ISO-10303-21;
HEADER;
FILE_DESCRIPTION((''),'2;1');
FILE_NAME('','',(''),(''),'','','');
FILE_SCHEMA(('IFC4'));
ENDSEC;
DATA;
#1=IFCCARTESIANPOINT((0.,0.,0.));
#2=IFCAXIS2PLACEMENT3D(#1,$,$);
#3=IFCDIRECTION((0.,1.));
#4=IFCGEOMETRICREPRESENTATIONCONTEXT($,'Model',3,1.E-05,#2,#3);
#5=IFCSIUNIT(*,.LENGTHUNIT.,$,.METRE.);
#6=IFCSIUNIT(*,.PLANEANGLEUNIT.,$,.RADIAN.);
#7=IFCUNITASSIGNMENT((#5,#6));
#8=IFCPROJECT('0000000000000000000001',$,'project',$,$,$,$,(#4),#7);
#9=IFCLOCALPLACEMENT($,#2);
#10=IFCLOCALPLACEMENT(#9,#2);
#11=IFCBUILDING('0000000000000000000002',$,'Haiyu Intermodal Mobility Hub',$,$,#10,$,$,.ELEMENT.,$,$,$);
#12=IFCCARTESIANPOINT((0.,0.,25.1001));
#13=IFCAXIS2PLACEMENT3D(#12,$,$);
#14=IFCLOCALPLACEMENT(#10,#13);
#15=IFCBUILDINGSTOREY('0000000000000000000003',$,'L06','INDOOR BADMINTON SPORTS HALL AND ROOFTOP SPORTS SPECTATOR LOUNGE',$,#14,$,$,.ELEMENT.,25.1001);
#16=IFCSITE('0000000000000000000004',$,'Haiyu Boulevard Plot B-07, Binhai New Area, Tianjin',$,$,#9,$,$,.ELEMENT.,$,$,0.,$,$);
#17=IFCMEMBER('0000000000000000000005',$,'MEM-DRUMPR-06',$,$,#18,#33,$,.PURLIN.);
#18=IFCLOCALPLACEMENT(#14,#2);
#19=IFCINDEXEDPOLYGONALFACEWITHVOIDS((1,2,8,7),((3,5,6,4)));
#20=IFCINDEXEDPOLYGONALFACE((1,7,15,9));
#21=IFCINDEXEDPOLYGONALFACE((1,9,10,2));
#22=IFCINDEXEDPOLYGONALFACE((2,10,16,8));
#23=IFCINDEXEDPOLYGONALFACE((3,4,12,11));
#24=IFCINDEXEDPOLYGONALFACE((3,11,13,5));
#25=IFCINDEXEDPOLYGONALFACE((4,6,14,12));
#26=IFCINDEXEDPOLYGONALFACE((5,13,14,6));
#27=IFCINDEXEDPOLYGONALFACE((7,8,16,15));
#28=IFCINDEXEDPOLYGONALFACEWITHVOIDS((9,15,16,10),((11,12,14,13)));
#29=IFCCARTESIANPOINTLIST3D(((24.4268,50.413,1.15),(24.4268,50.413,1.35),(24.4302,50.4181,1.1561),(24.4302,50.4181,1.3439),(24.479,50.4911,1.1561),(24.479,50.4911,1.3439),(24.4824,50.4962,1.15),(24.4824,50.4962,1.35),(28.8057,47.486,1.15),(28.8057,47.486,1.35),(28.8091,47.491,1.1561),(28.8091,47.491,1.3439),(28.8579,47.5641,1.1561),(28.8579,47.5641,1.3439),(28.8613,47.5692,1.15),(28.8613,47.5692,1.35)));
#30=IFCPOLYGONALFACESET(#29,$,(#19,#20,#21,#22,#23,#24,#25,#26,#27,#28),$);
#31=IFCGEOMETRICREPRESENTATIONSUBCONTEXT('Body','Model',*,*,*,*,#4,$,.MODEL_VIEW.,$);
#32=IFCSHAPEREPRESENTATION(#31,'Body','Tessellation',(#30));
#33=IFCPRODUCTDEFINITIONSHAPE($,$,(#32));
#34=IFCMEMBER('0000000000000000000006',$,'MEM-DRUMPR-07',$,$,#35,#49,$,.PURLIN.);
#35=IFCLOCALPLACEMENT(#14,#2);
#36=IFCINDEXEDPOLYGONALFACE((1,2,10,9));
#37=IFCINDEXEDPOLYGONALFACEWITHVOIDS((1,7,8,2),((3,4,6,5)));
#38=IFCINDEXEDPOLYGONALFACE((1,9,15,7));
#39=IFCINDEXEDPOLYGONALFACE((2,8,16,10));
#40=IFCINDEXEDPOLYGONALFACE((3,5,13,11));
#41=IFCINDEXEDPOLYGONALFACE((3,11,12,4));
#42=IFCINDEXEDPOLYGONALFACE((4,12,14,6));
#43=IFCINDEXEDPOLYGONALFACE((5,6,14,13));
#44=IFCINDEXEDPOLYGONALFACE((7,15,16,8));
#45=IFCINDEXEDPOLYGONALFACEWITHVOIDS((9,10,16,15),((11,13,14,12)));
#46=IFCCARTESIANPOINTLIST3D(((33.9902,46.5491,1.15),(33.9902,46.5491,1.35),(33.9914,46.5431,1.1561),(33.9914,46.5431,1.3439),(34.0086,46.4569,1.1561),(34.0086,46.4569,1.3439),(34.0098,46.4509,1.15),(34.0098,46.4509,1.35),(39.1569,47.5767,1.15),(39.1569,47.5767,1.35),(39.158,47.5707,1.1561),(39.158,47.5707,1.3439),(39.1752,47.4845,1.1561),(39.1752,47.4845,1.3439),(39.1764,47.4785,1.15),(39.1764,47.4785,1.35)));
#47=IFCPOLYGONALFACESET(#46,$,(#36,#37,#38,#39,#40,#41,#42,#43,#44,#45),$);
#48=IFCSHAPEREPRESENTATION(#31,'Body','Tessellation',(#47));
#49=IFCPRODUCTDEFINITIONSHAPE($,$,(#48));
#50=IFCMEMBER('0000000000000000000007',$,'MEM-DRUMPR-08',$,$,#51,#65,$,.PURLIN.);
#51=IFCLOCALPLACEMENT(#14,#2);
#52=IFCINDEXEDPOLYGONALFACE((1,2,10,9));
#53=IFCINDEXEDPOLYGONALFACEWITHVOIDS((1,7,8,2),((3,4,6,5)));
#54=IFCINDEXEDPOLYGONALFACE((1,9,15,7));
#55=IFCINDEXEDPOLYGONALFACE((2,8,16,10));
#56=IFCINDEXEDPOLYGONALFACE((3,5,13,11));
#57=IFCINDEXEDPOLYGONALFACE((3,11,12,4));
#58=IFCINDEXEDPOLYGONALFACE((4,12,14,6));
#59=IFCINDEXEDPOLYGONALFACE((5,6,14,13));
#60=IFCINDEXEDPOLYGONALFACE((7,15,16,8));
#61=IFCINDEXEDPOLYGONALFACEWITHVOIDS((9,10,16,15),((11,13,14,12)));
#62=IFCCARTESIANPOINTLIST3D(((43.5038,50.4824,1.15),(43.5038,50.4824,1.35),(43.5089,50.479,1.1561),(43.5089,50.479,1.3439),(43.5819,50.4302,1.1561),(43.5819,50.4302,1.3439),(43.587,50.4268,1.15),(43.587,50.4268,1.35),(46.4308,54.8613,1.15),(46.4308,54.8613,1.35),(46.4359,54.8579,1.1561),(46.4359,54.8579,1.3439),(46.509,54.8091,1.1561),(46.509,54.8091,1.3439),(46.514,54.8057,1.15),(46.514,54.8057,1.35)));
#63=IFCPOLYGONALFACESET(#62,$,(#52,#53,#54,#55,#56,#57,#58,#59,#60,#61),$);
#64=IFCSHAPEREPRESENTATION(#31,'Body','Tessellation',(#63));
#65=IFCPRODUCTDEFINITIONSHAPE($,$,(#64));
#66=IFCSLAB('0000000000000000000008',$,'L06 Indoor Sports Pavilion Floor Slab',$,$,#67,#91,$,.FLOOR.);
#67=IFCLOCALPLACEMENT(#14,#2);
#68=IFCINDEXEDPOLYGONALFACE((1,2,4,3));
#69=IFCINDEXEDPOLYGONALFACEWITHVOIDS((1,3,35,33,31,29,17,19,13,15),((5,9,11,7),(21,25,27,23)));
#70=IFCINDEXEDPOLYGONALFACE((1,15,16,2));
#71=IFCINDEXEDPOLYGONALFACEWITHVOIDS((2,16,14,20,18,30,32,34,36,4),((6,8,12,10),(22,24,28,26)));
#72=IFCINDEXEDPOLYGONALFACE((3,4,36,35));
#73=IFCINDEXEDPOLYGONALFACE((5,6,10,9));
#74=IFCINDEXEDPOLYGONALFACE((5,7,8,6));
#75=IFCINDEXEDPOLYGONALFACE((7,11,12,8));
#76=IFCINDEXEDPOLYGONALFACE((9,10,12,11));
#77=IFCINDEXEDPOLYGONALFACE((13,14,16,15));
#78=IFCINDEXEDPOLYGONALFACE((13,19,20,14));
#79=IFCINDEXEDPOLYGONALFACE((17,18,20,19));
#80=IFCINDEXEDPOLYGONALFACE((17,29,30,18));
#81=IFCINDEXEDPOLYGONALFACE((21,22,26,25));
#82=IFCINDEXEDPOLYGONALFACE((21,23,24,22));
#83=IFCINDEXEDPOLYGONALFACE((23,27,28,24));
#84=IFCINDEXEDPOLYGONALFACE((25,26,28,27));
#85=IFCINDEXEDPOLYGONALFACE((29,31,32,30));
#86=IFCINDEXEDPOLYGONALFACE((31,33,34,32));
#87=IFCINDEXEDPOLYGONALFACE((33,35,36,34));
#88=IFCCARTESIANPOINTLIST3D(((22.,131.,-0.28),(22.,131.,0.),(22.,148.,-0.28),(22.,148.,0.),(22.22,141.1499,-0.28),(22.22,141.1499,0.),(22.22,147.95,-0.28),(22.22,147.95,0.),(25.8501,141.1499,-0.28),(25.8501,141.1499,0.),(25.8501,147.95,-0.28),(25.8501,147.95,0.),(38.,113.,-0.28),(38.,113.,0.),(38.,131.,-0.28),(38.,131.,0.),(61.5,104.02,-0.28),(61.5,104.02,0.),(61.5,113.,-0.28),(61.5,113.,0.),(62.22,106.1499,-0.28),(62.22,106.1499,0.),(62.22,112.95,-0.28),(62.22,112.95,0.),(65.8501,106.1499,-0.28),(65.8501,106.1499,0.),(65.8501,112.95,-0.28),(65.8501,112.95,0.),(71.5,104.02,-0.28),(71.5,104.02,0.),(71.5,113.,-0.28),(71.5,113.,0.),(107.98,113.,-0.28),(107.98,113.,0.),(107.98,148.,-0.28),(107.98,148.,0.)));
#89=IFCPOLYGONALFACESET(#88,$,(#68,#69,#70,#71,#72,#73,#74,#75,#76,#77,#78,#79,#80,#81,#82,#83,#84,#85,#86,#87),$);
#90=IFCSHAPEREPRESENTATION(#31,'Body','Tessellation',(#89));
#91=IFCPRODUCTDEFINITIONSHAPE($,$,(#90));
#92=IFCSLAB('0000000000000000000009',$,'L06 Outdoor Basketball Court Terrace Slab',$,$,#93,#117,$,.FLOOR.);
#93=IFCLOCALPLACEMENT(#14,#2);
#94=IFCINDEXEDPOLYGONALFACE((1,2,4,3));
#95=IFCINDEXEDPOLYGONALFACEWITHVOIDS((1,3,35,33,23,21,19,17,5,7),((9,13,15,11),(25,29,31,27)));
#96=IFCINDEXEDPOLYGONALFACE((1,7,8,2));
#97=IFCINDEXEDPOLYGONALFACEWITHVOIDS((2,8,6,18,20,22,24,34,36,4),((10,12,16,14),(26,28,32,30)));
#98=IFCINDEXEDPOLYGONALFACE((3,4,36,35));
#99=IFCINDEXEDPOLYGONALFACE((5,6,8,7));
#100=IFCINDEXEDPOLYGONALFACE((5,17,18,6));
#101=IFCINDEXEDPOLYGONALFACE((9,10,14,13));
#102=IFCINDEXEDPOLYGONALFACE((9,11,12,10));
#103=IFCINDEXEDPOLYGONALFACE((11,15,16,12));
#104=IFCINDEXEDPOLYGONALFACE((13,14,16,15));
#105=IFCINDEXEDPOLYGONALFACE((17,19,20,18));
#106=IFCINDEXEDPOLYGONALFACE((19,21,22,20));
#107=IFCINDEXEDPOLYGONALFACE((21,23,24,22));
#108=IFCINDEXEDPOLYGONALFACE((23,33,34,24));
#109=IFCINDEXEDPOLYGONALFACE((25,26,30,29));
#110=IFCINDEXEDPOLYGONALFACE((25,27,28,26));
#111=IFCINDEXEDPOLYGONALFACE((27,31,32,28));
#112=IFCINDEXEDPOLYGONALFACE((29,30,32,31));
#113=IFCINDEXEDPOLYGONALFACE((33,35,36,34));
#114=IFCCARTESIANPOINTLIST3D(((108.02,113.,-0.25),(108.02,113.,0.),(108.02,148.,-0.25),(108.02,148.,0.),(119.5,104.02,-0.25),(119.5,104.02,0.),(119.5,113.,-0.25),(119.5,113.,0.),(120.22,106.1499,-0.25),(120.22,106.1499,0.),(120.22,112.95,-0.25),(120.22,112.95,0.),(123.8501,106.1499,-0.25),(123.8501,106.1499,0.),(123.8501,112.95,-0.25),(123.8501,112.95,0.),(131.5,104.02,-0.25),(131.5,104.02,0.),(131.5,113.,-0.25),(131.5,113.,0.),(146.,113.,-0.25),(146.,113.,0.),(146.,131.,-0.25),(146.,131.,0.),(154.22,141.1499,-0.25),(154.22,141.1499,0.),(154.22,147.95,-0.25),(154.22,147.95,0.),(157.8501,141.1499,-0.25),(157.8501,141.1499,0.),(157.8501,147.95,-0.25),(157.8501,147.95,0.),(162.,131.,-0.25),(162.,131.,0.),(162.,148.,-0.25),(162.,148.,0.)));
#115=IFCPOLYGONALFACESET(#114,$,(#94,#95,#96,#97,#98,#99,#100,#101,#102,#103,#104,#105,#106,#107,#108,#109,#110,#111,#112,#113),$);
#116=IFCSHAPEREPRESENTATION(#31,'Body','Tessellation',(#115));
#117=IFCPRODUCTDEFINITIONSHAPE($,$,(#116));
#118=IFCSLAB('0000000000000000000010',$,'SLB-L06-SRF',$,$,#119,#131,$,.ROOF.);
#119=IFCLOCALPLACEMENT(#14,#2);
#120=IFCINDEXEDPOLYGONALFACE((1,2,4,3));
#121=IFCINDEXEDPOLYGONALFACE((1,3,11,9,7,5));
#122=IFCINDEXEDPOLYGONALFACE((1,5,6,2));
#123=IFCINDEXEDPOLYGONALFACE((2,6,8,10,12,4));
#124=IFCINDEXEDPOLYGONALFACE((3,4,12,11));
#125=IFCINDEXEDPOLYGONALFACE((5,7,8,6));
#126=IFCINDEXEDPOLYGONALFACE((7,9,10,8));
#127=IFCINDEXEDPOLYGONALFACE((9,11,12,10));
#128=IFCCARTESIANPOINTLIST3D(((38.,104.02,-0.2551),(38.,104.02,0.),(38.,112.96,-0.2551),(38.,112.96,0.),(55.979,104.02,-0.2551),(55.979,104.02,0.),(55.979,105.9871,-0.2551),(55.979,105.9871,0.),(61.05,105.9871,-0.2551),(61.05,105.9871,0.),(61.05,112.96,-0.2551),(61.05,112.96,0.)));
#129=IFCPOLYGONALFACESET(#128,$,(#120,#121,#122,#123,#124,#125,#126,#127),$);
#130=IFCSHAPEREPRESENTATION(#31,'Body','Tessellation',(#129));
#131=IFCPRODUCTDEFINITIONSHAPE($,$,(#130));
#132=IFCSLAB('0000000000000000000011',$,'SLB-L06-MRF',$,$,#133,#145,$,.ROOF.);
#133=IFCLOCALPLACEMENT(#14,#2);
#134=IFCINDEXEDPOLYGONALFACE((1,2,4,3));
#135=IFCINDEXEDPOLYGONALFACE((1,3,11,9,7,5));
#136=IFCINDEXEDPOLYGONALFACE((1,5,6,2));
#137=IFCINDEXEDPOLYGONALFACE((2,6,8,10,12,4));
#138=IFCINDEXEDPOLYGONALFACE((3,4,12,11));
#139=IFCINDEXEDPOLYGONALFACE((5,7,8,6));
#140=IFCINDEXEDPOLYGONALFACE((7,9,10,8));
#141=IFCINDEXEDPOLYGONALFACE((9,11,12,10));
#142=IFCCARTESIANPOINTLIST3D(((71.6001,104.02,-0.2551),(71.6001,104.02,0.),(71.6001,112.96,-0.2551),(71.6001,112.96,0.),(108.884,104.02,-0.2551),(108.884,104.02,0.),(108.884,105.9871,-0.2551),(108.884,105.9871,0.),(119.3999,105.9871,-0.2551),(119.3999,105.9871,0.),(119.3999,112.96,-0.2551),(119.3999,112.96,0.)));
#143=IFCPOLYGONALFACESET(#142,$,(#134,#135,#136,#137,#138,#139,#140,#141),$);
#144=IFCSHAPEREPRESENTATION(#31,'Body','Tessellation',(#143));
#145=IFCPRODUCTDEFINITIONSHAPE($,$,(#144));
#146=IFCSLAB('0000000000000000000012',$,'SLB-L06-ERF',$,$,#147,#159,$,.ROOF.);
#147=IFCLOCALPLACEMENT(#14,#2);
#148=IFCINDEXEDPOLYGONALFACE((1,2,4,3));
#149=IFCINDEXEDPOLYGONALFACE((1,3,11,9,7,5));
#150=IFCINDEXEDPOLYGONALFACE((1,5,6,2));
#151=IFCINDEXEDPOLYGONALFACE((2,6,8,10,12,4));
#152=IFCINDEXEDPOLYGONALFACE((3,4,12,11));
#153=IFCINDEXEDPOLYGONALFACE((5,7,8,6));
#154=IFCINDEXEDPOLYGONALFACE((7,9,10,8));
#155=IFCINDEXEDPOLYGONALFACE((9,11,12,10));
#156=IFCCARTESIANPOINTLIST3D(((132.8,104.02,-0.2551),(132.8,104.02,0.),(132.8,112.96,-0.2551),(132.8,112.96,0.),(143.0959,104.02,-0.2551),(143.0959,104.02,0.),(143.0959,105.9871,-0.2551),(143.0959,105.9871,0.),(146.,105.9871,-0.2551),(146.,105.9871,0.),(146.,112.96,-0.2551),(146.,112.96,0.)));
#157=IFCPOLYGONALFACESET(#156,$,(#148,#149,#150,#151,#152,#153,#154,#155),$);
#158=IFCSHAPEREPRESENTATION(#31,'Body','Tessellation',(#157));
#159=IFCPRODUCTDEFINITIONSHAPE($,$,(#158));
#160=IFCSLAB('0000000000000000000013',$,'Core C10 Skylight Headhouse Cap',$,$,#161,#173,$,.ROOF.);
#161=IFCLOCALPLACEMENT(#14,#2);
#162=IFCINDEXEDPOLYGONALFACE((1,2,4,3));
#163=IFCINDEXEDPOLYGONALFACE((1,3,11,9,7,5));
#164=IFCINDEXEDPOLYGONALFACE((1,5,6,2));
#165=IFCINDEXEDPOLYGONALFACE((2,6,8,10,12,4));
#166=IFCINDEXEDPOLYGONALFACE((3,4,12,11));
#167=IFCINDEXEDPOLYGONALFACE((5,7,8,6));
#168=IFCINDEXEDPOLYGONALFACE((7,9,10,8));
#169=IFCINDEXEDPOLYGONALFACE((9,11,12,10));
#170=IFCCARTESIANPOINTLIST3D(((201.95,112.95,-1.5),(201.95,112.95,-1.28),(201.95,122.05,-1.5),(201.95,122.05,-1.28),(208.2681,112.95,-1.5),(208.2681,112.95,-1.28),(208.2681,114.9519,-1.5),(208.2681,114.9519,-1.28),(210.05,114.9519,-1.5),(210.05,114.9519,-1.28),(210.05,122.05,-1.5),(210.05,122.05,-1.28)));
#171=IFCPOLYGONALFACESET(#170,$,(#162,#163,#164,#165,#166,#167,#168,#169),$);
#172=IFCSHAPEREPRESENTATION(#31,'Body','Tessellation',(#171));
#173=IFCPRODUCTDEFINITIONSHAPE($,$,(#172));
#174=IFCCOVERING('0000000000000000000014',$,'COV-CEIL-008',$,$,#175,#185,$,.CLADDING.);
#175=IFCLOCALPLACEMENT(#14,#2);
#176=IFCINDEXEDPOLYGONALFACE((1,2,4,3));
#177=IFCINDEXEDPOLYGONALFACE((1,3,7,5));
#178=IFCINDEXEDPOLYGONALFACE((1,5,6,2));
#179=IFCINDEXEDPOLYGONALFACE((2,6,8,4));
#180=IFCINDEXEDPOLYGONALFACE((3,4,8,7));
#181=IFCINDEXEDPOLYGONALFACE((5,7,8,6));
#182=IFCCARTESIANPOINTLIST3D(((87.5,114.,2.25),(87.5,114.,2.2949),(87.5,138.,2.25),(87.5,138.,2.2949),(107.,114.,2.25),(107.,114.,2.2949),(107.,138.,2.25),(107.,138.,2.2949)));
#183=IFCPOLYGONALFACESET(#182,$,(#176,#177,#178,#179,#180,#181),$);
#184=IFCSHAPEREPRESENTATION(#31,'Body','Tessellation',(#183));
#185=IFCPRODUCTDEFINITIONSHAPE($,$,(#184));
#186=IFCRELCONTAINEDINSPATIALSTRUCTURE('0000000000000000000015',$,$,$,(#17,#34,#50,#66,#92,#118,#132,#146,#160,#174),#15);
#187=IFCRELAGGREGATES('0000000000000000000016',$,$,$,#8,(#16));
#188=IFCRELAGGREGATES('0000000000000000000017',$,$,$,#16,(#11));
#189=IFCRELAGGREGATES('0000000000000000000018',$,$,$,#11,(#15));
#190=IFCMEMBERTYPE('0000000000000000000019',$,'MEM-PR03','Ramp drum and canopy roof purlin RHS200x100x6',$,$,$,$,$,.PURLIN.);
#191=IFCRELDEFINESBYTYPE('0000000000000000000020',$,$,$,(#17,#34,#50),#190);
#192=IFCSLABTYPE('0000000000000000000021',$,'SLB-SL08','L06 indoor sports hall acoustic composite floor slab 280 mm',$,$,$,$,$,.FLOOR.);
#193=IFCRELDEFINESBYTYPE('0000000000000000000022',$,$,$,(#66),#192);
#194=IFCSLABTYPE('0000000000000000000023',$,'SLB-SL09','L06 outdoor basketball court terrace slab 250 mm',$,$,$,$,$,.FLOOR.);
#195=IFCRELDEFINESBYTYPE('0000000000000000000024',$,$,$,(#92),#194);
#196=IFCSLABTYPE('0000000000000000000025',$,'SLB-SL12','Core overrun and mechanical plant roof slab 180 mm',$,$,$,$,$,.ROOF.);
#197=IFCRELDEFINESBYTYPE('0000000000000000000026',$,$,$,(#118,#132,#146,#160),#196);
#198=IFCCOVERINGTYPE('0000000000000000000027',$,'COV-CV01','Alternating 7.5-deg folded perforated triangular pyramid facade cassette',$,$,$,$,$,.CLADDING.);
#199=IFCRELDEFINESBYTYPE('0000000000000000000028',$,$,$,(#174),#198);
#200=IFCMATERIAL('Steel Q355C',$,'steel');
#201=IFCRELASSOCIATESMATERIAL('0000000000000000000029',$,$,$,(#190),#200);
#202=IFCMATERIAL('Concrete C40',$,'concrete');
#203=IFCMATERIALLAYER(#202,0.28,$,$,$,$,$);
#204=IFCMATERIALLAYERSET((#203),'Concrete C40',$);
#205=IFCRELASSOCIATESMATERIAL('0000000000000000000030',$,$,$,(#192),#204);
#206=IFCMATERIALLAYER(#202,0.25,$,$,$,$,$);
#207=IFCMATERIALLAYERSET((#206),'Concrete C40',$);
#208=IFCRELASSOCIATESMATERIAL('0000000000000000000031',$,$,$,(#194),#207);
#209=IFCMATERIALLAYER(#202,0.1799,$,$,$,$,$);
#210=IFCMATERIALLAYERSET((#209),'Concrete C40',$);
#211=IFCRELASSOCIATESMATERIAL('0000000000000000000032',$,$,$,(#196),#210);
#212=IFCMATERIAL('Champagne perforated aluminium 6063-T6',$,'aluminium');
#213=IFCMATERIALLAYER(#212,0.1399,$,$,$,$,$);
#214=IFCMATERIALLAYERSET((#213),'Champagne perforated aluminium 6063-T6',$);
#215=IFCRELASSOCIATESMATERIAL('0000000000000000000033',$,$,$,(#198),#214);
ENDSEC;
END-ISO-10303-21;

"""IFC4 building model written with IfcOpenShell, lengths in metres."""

from ifc_helpers import new_model, si_unit, direction, frame, origin, origin_2d, place, context, subcontext, project, spatial, polyline, hollow_rectangle, outline, extrude, material, layer, layer_set, material_profile, profile_set, type_object, element, save


model = new_model("IFC4")

# Units and contexts
model_context = context("Model", 3, precision=1e-05, world=origin(), true_north=direction((0.0, 1.0)))
body_context = subcontext(model_context, "Body", "Model", "MODEL_VIEW")
ifc_project = project(units=[si_unit("LENGTHUNIT", "METRE"), si_unit("PLANEANGLEUNIT", "RADIAN")], contexts=[model_context])

# Site, building, storey
site_placement = place(None, origin())
site = spatial("IfcSite", under=ifc_project, at=site_placement, Name="Haiyu Boulevard Plot B-07, Binhai New Area, Tianjin", CompositionType="ELEMENT", RefElevation=0.0)
building_placement = place(site_placement, origin())
building = spatial("IfcBuilding", under=site, at=building_placement, Name="Haiyu Intermodal Mobility Hub", CompositionType="ELEMENT")
storey_placement = place(building_placement, frame((0.0, 0.0, 25.1001)))
storey = spatial("IfcBuildingStorey", under=building, at=storey_placement, Name="L06", Description="INDOOR BADMINTON SPORTS HALL AND ROOFTOP SPORTS SPECTATOR LOUNGE", CompositionType="ELEMENT", Elevation=25.1001)

# Shared definitions
ifc_material_1 = material(Name="Steel Q355C", Category="steel")

# Shared definitions
ifc_material_2 = material(Name="Concrete C40", Category="concrete")

# Members
ifc_material_profile_1 = material_profile(ifc_material_1, hollow_rectangle(XDim=0.1001, YDim=0.2, WallThickness=0.0061, at=origin_2d()), Name="RHS200x100x6")
ifc_profile_set_1 = profile_set([ifc_material_profile_1], Name="Steel Q355C")
member_type = type_object("IfcMemberType", Name="MEM-PR03", Description="Ramp drum and canopy roof purlin RHS200x100x6", PredefinedType="PURLIN", material=ifc_profile_set_1)
member_1_placement = place(storey_placement, frame((24.4546, 50.4546, 1.25), z_axis=(0.831372, -0.555716, 0.0), x_axis=(0.555716, 0.831372, 0.0)))
element("IfcMember", 1, at=member_1_placement, inside=storey, type_object=member_type, Name="MEM-DRUMPR-06", PredefinedType="PURLIN", context=body_context, shape_type="SweptSolid", body=[
    extrude(hollow_rectangle(XDim=0.1001, YDim=0.2, WallThickness=0.0061, at=origin_2d()), origin(), (0.0, 0.0, 1.0), 5.2671),
])
member_2_placement = place(storey_placement, frame((34.0, 46.5, 1.25), z_axis=(0.980789, 0.195073, 0.0), x_axis=(-0.195073, 0.980789, 0.0)))
element("IfcMember", 2, at=member_2_placement, inside=storey, type_object=member_type, Name="MEM-DRUMPR-07", PredefinedType="PURLIN", context=body_context, shape_type="SweptSolid", body=[
    extrude(hollow_rectangle(XDim=0.1001, YDim=0.2, WallThickness=0.0061, at=origin_2d()), origin(), (0.0, 0.0, 1.0), 5.2678),
])
member_3_placement = place(storey_placement, frame((43.5454, 50.4546, 1.25), z_axis=(0.555716, 0.831372, 0.0), x_axis=(-0.831372, 0.555716, 0.0)))
element("IfcMember", 3, at=member_3_placement, inside=storey, type_object=member_type, Name="MEM-DRUMPR-08", PredefinedType="PURLIN", context=body_context, shape_type="SweptSolid", body=[
    extrude(hollow_rectangle(XDim=0.1001, YDim=0.2, WallThickness=0.0061, at=origin_2d()), origin(), (0.0, 0.0, 1.0), 5.2671),
])

# Slabs
ifc_layer_1 = layer(ifc_material_2, 0.28)
ifc_layer_set_1 = layer_set([ifc_layer_1], Name="Concrete C40")
slab_type_1 = type_object("IfcSlabType", Name="SLB-SL08", Description="L06 indoor sports hall acoustic composite floor slab 280 mm", PredefinedType="FLOOR", material=ifc_layer_set_1)
slab_1_placement = place(storey_placement, frame((0.0, 0.0, -0.28)))
element("IfcSlab", 4, at=slab_1_placement, inside=storey, type_object=slab_type_1, Name="L06 Indoor Sports Pavilion Floor Slab", PredefinedType="FLOOR", context=body_context, shape_type="SweptSolid", body=[
    extrude(outline(polyline([(22.0, 131.0), (38.0, 131.0), (38.0, 113.0), (61.5, 113.0), (61.5, 104.02), (71.5, 104.02), (71.5, 113.0), (107.98, 113.0), (107.98, 148.0), (22.0, 148.0), (22.0, 131.0)]), holes=[polyline([(22.22, 141.1499), (25.8501, 141.1499), (25.8501, 147.95), (22.22, 147.95), (22.22, 141.1499)]), polyline([(62.22, 106.1499), (65.8501, 106.1499), (65.8501, 112.95), (62.22, 112.95), (62.22, 106.1499)])]), origin(), (0.0, 0.0, 1.0), 0.28),
])
ifc_layer_2 = layer(ifc_material_2, 0.25)
ifc_layer_set_2 = layer_set([ifc_layer_2], Name="Concrete C40")
slab_type_2 = type_object("IfcSlabType", Name="SLB-SL09", Description="L06 outdoor basketball court terrace slab 250 mm", PredefinedType="FLOOR", material=ifc_layer_set_2)
slab_2_placement = place(storey_placement, frame((0.0, 0.0, -0.25)))
element("IfcSlab", 5, at=slab_2_placement, inside=storey, type_object=slab_type_2, Name="L06 Outdoor Basketball Court Terrace Slab", PredefinedType="FLOOR", context=body_context, shape_type="SweptSolid", body=[
    extrude(outline(polyline([(108.02, 113.0), (119.5, 113.0), (119.5, 104.02), (131.5, 104.02), (131.5, 113.0), (146.0, 113.0), (146.0, 131.0), (162.0, 131.0), (162.0, 148.0), (108.02, 148.0), (108.02, 113.0)]), holes=[polyline([(154.22, 141.1499), (157.8501, 141.1499), (157.8501, 147.95), (154.22, 147.95), (154.22, 141.1499)]), polyline([(120.22, 106.1499), (123.8501, 106.1499), (123.8501, 112.95), (120.22, 112.95), (120.22, 106.1499)])]), origin(), (0.0, 0.0, 1.0), 0.25),
])
ifc_layer_3 = layer(ifc_material_2, 0.1799)
ifc_layer_set_3 = layer_set([ifc_layer_3], Name="Concrete C40")
slab_type_3 = type_object("IfcSlabType", Name="SLB-SL12", Description="Core overrun and mechanical plant roof slab 180 mm", PredefinedType="ROOF", material=ifc_layer_set_3)
slab_3_placement = place(storey_placement, frame((0.0, 0.0, -0.2551)))
element("IfcSlab", 6, at=slab_3_placement, inside=storey, type_object=slab_type_3, Name="SLB-L06-SRF", PredefinedType="ROOF", context=body_context, shape_type="SweptSolid", body=[
    extrude(outline(polyline([(38.0, 104.02), (55.979, 104.02), (55.979, 105.9871), (61.05, 105.9871), (61.05, 112.96), (38.0, 112.96), (38.0, 104.02)])), origin(), (0.0, 0.0, 1.0), 0.2551),
])
slab_4_placement = place(storey_placement, frame((0.0, 0.0, -0.2551)))
element("IfcSlab", 7, at=slab_4_placement, inside=storey, type_object=slab_type_3, Name="SLB-L06-MRF", PredefinedType="ROOF", context=body_context, shape_type="SweptSolid", body=[
    extrude(outline(polyline([(71.6001, 104.02), (108.884, 104.02), (108.884, 105.9871), (119.3999, 105.9871), (119.3999, 112.96), (71.6001, 112.96), (71.6001, 104.02)])), origin(), (0.0, 0.0, 1.0), 0.2551),
])
slab_5_placement = place(storey_placement, frame((0.0, 0.0, -0.2551)))
element("IfcSlab", 8, at=slab_5_placement, inside=storey, type_object=slab_type_3, Name="SLB-L06-ERF", PredefinedType="ROOF", context=body_context, shape_type="SweptSolid", body=[
    extrude(outline(polyline([(132.8, 104.02), (143.0959, 104.02), (143.0959, 105.9871), (146.0, 105.9871), (146.0, 112.96), (132.8, 112.96), (132.8, 104.02)])), origin(), (0.0, 0.0, 1.0), 0.2551),
])
slab_6_placement = place(storey_placement, frame((0.0, 0.0, -1.5)))
element("IfcSlab", 9, at=slab_6_placement, inside=storey, type_object=slab_type_3, Name="Core C10 Skylight Headhouse Cap", PredefinedType="ROOF", context=body_context, shape_type="SweptSolid", body=[
    extrude(outline(polyline([(201.95, 112.95), (208.2681, 112.95), (208.2681, 114.9519), (210.05, 114.9519), (210.05, 122.05), (201.95, 122.05), (201.95, 112.95)])), origin(), (0.0, 0.0, 1.0), 0.22),
])

# Covering
ifc_material_3 = material(Name="Champagne perforated aluminium 6063-T6", Category="aluminium")
ifc_layer_4 = layer(ifc_material_3, 0.1399)
ifc_layer_set_4 = layer_set([ifc_layer_4], Name="Champagne perforated aluminium 6063-T6")
covering_type_1 = type_object("IfcCoveringType", Name="COV-CV01", Description="Alternating 7.5-deg folded perforated triangular pyramid facade cassette", PredefinedType="CLADDING", material=ifc_layer_set_4)
covering_1_placement = place(storey_placement, frame((0.0, 0.0, 2.25)))
element("IfcCovering", 10, at=covering_1_placement, inside=storey, type_object=covering_type_1, Name="COV-CEIL-008", PredefinedType="CLADDING", context=body_context, shape_type="SweptSolid", body=[
    extrude(outline(polyline([(87.5, 114.0), (107.0, 114.0), (107.0, 138.0), (87.5, 138.0), (87.5, 114.0)])), origin(), (0.0, 0.0, 1.0), 0.0449),
])

save(model, "model.ifc")
